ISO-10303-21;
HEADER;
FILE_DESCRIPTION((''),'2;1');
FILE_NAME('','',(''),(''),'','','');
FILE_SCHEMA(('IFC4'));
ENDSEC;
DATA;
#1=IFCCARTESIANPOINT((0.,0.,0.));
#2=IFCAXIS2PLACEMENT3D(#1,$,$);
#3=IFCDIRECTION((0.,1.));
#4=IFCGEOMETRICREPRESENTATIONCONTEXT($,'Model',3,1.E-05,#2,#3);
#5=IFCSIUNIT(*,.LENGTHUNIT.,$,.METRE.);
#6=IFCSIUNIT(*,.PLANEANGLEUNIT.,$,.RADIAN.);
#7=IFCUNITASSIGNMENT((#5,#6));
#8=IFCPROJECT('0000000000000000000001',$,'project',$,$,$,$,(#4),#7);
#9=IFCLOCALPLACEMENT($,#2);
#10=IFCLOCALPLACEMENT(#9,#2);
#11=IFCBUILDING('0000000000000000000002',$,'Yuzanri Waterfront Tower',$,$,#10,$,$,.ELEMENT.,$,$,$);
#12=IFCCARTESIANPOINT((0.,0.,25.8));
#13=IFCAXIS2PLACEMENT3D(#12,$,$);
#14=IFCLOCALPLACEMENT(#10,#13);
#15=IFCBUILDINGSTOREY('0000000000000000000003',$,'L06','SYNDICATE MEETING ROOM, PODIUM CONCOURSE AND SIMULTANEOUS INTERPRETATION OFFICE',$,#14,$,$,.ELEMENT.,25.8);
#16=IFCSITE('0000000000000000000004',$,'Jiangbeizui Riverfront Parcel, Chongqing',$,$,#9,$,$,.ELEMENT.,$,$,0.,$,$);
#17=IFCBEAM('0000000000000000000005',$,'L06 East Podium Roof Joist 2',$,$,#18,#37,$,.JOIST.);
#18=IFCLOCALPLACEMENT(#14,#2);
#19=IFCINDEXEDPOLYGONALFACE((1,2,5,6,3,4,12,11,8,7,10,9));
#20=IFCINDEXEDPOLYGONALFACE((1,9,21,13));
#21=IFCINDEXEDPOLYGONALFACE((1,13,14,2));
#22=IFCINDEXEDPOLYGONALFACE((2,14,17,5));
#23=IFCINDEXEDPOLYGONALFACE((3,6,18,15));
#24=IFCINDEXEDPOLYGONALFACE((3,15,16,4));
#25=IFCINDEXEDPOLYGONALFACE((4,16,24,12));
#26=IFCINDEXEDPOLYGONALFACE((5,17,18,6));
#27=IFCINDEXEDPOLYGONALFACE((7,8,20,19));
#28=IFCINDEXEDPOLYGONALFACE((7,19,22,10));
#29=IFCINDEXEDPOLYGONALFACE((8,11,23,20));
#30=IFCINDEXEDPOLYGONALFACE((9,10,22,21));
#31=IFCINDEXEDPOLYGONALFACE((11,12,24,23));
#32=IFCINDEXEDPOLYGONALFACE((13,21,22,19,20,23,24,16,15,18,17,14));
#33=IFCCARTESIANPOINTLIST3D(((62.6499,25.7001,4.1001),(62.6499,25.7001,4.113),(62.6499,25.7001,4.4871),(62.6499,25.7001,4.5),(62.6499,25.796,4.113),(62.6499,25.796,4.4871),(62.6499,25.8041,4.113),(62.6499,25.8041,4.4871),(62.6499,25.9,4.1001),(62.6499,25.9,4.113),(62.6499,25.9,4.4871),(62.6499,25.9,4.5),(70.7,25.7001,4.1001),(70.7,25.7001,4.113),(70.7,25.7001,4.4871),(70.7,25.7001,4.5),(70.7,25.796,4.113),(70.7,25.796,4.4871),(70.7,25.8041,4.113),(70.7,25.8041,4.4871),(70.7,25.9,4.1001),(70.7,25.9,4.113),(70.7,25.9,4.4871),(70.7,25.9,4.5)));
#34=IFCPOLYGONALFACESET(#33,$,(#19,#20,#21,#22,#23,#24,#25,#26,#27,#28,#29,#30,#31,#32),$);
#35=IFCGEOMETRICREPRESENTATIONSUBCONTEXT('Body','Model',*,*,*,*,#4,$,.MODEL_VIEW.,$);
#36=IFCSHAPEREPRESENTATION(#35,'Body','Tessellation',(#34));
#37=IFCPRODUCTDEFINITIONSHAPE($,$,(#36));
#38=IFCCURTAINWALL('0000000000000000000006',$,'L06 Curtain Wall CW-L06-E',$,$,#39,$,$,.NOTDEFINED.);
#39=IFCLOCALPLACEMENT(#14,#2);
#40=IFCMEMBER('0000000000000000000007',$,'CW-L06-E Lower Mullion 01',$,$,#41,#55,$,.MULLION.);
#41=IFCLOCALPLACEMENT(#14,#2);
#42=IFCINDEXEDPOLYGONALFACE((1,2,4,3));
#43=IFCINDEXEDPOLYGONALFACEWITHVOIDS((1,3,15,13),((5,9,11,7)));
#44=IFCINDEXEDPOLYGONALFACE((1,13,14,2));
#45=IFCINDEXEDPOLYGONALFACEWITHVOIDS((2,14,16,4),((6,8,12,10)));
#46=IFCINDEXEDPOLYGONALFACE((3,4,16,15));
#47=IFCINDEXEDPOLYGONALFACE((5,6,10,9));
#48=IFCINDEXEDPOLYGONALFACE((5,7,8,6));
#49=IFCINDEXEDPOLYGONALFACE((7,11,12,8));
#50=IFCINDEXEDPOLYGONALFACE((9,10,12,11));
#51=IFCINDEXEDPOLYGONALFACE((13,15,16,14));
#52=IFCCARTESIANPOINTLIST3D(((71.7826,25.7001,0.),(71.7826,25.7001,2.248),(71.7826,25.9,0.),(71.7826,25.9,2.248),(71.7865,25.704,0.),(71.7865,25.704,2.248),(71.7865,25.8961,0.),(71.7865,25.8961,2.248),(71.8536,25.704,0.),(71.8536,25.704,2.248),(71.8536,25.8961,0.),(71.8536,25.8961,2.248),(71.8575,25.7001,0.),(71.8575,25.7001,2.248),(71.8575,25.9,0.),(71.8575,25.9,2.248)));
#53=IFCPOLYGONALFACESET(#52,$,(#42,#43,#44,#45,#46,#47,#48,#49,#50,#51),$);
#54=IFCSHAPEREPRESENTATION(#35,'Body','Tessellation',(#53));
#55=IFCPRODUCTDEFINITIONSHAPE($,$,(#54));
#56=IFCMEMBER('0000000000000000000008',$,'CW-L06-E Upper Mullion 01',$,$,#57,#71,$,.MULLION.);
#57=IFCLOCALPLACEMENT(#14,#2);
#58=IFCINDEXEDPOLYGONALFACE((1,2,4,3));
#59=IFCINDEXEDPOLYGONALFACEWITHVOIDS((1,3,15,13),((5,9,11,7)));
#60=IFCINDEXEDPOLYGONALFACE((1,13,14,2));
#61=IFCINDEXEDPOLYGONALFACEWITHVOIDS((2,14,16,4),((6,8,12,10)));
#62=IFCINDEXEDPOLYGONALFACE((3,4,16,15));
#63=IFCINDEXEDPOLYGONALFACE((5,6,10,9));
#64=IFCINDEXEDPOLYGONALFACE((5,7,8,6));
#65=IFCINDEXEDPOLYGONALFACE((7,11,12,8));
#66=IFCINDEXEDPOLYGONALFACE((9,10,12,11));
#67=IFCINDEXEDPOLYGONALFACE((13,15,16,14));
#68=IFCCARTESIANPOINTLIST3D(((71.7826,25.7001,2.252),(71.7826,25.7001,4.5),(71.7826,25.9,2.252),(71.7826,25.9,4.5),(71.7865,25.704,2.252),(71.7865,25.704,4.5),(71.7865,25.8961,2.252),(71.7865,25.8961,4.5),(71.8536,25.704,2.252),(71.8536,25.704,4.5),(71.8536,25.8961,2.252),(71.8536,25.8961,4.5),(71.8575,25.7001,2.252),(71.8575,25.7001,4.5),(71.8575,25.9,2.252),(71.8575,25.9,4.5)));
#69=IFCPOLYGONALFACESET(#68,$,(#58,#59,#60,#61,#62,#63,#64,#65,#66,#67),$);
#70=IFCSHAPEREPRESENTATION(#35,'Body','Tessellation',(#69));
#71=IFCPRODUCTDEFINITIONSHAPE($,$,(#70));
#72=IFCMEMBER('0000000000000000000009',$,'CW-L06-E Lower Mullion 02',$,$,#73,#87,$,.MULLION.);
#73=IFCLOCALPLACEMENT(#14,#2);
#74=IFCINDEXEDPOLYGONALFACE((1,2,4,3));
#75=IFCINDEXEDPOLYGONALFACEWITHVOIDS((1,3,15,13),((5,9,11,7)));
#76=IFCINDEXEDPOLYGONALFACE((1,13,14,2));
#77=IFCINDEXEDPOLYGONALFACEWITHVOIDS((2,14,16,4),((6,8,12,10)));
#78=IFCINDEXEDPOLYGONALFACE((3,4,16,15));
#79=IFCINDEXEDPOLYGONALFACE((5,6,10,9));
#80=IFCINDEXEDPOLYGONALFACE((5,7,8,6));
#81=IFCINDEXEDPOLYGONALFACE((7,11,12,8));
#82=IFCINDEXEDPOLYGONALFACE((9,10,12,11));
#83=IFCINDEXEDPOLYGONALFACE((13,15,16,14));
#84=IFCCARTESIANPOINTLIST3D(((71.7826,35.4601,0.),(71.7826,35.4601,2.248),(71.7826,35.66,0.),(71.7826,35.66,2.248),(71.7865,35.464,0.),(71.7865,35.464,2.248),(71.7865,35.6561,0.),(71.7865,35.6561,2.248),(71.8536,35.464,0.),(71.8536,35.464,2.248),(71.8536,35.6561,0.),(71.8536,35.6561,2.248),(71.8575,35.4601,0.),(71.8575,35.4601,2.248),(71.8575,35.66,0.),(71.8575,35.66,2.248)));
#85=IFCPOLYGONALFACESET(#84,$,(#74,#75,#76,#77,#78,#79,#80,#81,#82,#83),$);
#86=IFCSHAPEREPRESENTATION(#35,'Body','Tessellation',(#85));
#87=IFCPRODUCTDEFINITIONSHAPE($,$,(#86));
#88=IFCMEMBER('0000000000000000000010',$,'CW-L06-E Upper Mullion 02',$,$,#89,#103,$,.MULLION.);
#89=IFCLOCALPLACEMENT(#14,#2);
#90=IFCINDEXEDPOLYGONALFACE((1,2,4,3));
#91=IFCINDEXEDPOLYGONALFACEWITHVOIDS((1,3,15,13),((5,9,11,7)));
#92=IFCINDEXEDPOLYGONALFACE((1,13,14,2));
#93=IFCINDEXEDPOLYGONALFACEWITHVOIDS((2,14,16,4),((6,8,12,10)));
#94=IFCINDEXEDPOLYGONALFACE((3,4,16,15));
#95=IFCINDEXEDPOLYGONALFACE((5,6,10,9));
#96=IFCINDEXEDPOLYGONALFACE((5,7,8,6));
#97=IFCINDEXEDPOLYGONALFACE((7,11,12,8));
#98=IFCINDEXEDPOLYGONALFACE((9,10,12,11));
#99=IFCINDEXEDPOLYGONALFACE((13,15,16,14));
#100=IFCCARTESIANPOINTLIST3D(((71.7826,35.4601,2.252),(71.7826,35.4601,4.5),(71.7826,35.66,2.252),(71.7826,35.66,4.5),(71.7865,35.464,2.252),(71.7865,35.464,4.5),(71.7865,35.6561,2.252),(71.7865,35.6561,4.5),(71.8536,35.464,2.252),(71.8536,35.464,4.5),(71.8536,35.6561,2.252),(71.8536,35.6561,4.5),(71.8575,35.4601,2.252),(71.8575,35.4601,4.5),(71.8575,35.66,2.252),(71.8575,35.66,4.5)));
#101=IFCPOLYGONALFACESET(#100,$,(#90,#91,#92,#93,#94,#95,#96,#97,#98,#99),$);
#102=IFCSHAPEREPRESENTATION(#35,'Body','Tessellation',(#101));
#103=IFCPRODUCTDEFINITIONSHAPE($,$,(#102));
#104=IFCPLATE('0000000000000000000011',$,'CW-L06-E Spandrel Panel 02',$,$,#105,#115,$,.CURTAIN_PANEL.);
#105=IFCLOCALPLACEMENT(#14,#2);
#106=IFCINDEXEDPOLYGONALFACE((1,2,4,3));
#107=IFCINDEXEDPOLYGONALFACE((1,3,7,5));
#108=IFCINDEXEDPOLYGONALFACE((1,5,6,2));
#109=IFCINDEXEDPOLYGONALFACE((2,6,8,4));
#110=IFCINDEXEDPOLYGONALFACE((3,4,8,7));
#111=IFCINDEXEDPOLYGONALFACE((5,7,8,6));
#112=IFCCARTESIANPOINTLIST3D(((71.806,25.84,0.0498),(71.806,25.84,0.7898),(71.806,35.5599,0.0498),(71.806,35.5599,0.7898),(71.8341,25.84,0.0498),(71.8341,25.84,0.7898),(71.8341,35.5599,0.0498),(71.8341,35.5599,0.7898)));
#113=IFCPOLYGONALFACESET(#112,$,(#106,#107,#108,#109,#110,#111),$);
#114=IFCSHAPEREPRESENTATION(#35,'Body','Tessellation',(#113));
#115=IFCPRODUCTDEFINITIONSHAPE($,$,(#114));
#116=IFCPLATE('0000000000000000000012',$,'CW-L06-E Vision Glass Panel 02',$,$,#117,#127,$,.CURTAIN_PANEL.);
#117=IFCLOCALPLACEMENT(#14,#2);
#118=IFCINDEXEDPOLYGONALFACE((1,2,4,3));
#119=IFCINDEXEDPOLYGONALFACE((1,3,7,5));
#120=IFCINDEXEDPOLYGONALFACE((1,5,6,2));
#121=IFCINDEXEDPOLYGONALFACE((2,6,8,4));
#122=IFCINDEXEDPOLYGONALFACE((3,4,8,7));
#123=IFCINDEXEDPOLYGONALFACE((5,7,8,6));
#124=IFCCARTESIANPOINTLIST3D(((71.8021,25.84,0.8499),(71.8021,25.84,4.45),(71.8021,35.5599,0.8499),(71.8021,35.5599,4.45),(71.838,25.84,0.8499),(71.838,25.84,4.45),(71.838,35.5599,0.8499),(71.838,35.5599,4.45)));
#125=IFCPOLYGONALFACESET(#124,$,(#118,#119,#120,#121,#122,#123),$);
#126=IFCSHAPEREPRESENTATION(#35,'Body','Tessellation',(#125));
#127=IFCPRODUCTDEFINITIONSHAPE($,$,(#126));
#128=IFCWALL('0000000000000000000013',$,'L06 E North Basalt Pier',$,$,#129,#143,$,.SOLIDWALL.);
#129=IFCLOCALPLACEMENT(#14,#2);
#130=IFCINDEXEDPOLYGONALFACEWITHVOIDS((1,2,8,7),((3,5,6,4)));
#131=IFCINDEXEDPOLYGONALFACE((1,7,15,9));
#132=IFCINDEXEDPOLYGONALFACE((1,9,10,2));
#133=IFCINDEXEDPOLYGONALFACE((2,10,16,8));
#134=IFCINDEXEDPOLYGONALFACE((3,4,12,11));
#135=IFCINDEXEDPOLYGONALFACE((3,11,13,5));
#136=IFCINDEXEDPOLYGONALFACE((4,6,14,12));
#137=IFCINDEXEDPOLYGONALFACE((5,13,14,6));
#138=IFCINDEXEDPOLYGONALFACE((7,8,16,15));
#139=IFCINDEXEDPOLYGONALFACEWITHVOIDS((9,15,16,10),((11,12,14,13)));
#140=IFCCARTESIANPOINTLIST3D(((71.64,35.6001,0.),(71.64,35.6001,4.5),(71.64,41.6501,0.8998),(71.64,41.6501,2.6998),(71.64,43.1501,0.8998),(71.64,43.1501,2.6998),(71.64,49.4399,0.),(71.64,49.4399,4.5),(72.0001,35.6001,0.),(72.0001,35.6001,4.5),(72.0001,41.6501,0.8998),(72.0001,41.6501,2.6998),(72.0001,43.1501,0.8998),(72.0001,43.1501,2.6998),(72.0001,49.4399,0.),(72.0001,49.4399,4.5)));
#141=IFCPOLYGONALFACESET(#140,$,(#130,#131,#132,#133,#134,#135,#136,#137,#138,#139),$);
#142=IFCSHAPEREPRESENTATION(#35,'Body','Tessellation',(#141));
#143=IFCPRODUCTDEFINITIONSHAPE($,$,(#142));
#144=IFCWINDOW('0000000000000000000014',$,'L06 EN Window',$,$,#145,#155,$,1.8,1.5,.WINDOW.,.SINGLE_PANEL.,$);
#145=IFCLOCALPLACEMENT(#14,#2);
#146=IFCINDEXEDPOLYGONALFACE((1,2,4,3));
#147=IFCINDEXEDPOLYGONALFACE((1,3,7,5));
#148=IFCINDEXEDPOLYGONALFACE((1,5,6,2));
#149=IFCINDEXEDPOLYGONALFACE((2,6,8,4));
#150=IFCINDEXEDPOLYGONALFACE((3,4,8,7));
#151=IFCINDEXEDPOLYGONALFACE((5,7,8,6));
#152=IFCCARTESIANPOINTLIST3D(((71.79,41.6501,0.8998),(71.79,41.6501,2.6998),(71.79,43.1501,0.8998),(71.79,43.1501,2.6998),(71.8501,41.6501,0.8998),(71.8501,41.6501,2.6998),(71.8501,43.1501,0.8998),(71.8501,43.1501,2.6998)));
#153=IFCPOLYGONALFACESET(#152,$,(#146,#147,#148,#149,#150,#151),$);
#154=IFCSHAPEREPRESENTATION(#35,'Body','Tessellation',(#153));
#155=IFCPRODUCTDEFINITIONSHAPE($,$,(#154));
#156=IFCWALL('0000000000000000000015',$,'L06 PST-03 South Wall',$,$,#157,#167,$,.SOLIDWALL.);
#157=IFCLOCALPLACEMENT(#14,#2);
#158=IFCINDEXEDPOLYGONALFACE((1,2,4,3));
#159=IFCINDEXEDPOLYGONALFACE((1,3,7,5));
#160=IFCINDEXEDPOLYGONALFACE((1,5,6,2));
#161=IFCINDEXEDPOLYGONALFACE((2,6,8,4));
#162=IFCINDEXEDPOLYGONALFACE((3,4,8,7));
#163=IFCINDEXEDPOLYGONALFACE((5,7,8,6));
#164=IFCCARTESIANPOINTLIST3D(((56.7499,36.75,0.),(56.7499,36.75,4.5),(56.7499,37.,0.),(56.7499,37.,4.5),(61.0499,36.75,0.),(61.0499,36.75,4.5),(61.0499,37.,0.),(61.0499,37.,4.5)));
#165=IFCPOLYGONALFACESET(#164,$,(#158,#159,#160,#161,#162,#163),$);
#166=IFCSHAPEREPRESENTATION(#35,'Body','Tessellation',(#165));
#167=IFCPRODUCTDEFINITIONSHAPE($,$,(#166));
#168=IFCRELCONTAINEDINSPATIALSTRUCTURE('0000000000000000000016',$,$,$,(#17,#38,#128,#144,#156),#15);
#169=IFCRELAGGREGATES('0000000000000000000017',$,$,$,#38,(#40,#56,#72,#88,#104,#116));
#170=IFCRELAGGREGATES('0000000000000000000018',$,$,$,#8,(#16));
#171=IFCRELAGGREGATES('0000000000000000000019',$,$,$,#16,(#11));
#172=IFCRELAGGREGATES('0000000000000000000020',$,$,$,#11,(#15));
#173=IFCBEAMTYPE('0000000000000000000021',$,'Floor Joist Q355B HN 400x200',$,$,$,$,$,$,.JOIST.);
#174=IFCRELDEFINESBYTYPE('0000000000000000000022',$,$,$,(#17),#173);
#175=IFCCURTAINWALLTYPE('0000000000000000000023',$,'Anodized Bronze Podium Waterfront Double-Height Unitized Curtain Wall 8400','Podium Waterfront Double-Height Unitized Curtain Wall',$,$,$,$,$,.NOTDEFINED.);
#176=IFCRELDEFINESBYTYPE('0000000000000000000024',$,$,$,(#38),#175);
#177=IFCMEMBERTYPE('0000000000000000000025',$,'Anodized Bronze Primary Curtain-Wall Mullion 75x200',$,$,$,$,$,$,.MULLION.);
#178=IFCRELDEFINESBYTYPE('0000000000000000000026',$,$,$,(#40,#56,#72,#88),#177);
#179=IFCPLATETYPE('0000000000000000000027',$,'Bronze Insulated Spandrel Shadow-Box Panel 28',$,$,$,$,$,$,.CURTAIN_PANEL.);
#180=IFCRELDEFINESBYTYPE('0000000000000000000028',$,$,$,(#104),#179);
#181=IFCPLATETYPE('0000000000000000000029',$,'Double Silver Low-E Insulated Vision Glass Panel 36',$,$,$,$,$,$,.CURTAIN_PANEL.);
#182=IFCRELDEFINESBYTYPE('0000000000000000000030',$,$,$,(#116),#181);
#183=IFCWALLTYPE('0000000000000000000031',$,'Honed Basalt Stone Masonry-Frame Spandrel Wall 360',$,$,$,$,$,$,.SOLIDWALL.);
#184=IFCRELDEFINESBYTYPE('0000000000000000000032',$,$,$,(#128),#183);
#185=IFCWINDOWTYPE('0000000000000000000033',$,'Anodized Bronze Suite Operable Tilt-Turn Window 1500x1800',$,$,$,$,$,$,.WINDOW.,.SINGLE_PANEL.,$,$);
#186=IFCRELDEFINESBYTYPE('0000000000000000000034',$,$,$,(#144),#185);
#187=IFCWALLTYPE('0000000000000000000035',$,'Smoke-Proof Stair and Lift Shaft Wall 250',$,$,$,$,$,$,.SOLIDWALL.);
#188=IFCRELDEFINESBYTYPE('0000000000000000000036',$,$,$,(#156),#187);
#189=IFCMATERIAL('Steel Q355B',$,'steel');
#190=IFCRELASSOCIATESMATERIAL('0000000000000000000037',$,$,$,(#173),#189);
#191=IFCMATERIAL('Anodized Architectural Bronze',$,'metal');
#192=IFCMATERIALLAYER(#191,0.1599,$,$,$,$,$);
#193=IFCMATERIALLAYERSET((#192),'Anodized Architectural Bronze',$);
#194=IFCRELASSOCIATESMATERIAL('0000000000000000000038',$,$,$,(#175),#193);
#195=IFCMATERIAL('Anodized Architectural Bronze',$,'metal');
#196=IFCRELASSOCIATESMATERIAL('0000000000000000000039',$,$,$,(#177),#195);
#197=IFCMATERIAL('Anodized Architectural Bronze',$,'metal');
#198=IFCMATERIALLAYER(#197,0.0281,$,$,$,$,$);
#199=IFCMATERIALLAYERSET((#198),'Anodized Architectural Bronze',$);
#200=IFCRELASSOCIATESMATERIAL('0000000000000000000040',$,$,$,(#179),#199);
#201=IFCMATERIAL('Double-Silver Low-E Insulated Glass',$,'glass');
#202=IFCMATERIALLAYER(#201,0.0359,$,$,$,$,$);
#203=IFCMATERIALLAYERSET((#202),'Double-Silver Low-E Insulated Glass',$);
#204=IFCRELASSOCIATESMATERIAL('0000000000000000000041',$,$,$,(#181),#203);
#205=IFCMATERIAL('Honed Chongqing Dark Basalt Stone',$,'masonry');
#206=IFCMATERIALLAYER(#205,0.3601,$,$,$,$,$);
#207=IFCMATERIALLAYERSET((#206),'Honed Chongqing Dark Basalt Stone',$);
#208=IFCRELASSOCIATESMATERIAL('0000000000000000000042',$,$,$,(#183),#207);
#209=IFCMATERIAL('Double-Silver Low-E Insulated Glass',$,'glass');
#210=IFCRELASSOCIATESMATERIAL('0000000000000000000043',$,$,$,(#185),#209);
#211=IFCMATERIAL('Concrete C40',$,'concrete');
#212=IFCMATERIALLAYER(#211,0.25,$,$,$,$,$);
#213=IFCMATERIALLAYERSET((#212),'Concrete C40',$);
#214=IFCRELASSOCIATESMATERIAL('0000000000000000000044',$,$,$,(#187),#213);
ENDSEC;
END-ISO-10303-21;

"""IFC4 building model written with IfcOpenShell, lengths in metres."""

from ifc_helpers import new_model, si_unit, direction, frame, frame_2d, origin, origin_2d, place, context, subcontext, project, spatial, rectangle, hollow_rectangle, i_section, extrude, source, transform, mapped, material, layer, layer_set, material_profile, profile_set, type_object, element, fill, aggregate, save


model = new_model("IFC4")

# Units and contexts
model_context = context("Model", 3, precision=1e-05, world=origin(), true_north=direction((0.0, 1.0)))
body_context = subcontext(model_context, "Body", "Model", "MODEL_VIEW")
ifc_project = project(units=[si_unit("LENGTHUNIT", "METRE"), si_unit("PLANEANGLEUNIT", "RADIAN")], contexts=[model_context])

# Site, building, storey
site_placement = place(None, origin())
site = spatial("IfcSite", under=ifc_project, at=site_placement, Name="Jiangbeizui Riverfront Parcel, Chongqing", CompositionType="ELEMENT", RefElevation=0.0)
building_placement = place(site_placement, origin())
building = spatial("IfcBuilding", under=site, at=building_placement, Name="Yuzanri Waterfront Tower", CompositionType="ELEMENT")
storey_placement = place(building_placement, frame((0.0, 0.0, 25.8)))
storey = spatial("IfcBuildingStorey", under=building, at=storey_placement, Name="L06", Description="SYNDICATE MEETING ROOM, PODIUM CONCOURSE AND SIMULTANEOUS INTERPRETATION OFFICE", CompositionType="ELEMENT", Elevation=25.8)

# Beam
ifc_material_1 = material(Name="Steel Q355B", Category="steel")
ifc_material_profile_1 = material_profile(ifc_material_1, i_section(OverallWidth=0.2, OverallDepth=0.3999, WebThickness=0.0081, FlangeThickness=0.0129, at=origin_2d()), Name="HN 400x200x8x13")
ifc_profile_set_1 = profile_set([ifc_material_profile_1], Name="Steel Q355B")
beam_type_1 = type_object("IfcBeamType", Name="Floor Joist Q355B HN 400x200", PredefinedType="JOIST", material=ifc_profile_set_1)
shared_shape_1 = source(origin(), body_context, "Body", "SweptSolid", [
    extrude(i_section(OverallWidth=0.2, OverallDepth=0.3999, WebThickness=0.0081, FlangeThickness=0.0129, at=origin_2d()), origin(), (0.0, 0.0, 1.0), 8.05),
])
beam_1_placement = place(storey_placement, frame((62.6499, 25.8, 4.3), z_axis=(1.0, 0.0, 0.0), x_axis=(0.0, 1.0, 0.0)))
element("IfcBeam", 1, at=beam_1_placement, inside=storey, type_object=beam_type_1, Name="L06 East Podium Roof Joist 2", PredefinedType="JOIST", context=body_context, shape_type="MappedRepresentation", body=[
    mapped(shared_shape_1, transform((0.0, 0.0, 0.0), scale=1.0)),
])

# Curtain wall, members, plates
ifc_material_2 = material(Name="Anodized Architectural Bronze", Category="metal")
ifc_layer_1 = layer(ifc_material_2, 0.1599)
ifc_layer_set_1 = layer_set([ifc_layer_1], Name="Anodized Architectural Bronze")
curtain_wall_type = type_object("IfcCurtainWallType", Name="Anodized Bronze Podium Waterfront Double-Height Unitized Curtain Wall 8400", Description="Podium Waterfront Double-Height Unitized Curtain Wall", PredefinedType="NOTDEFINED", material=ifc_layer_set_1)
curtain_wall_placement = place(storey_placement, origin())
curtain_wall = element("IfcCurtainWall", 2, at=curtain_wall_placement, inside=storey, type_object=curtain_wall_type, Name="L06 Curtain Wall CW-L06-E", PredefinedType="NOTDEFINED")
ifc_material_3 = material(Name="Anodized Architectural Bronze", Category="metal")
ifc_material_profile_2 = material_profile(ifc_material_3, hollow_rectangle(XDim=0.075, YDim=0.2, WallThickness=0.0039, at=origin_2d()), Name="CWM 75x200")
ifc_profile_set_2 = profile_set([ifc_material_profile_2], Name="Anodized Architectural Bronze")
member_type = type_object("IfcMemberType", Name="Anodized Bronze Primary Curtain-Wall Mullion 75x200", PredefinedType="MULLION", material=ifc_profile_set_2)
shared_shape_2 = source(origin(), body_context, "Body", "SweptSolid", [
    extrude(hollow_rectangle(XDim=0.075, YDim=0.2, WallThickness=0.0039, at=origin_2d()), origin(), (0.0, 0.0, 1.0), 2.248),
])
member_1_placement = place(storey_placement, frame((71.8201, 25.8, 0.0), z_axis=(0.0, 0.0, 1.0), x_axis=(1.0, 0.0, 0.0)))
member_1 = element("IfcMember", 3, at=member_1_placement, type_object=member_type, Name="CW-L06-E Lower Mullion 01", PredefinedType="MULLION", context=body_context, shape_type="MappedRepresentation", body=[
    mapped(shared_shape_2, transform((0.0, 0.0, 0.0), scale=1.0)),
])
member_2_placement = place(storey_placement, frame((71.8201, 25.8, 2.252), z_axis=(0.0, 0.0, 1.0), x_axis=(1.0, 0.0, 0.0)))
member_2 = element("IfcMember", 4, at=member_2_placement, type_object=member_type, Name="CW-L06-E Upper Mullion 01", PredefinedType="MULLION", context=body_context, shape_type="MappedRepresentation", body=[
    mapped(shared_shape_2, transform((0.0, 0.0, 0.0), scale=1.0)),
])
member_3_placement = place(storey_placement, frame((71.8201, 35.5601, 0.0), z_axis=(0.0, 0.0, 1.0), x_axis=(1.0, 0.0, 0.0)))
member_3 = element("IfcMember", 5, at=member_3_placement, type_object=member_type, Name="CW-L06-E Lower Mullion 02", PredefinedType="MULLION", context=body_context, shape_type="MappedRepresentation", body=[
    mapped(shared_shape_2, transform((0.0, 0.0, 0.0), scale=1.0)),
])
member_4_placement = place(storey_placement, frame((71.8201, 35.5601, 2.252), z_axis=(0.0, 0.0, 1.0), x_axis=(1.0, 0.0, 0.0)))
member_4 = element("IfcMember", 6, at=member_4_placement, type_object=member_type, Name="CW-L06-E Upper Mullion 02", PredefinedType="MULLION", context=body_context, shape_type="MappedRepresentation", body=[
    mapped(shared_shape_2, transform((0.0, 0.0, 0.0), scale=1.0)),
])
ifc_material_4 = material(Name="Anodized Architectural Bronze", Category="metal")
ifc_layer_2 = layer(ifc_material_4, 0.0281)
ifc_layer_set_2 = layer_set([ifc_layer_2], Name="Anodized Architectural Bronze")
plate_type_1 = type_object("IfcPlateType", Name="Bronze Insulated Spandrel Shadow-Box Panel 28", PredefinedType="CURTAIN_PANEL", material=ifc_layer_set_2)
shared_shape_3 = source(origin(), body_context, "Body", "SweptSolid", [
    extrude(rectangle(XDim=9.72, YDim=0.0281, at=origin_2d()), origin(), (0.0, 0.0, 1.0), 0.74),
])
plate_1_placement = place(storey_placement, frame((71.8201, 30.7, 0.0498), z_axis=(0.0, 0.0, 1.0), x_axis=(0.0, 1.0, 0.0)))
plate_1 = element("IfcPlate", 7, at=plate_1_placement, type_object=plate_type_1, Name="CW-L06-E Spandrel Panel 02", PredefinedType="CURTAIN_PANEL", context=body_context, shape_type="MappedRepresentation", body=[
    mapped(shared_shape_3, transform((0.0, 0.0, 0.0), scale=1.0)),
])
ifc_material_5 = material(Name="Double-Silver Low-E Insulated Glass", Category="glass")
ifc_layer_3 = layer(ifc_material_5, 0.0359)
ifc_layer_set_3 = layer_set([ifc_layer_3], Name="Double-Silver Low-E Insulated Glass")
plate_type_2 = type_object("IfcPlateType", Name="Double Silver Low-E Insulated Vision Glass Panel 36", PredefinedType="CURTAIN_PANEL", material=ifc_layer_set_3)
shared_shape_4 = source(origin(), body_context, "Body", "SweptSolid", [
    extrude(rectangle(XDim=9.72, YDim=0.0359, at=origin_2d()), origin(), (0.0, 0.0, 1.0), 3.6001),
])
plate_2_placement = place(storey_placement, frame((71.8201, 30.7, 0.8499), z_axis=(0.0, 0.0, 1.0), x_axis=(0.0, 1.0, 0.0)))
plate_2 = element("IfcPlate", 8, at=plate_2_placement, type_object=plate_type_2, Name="CW-L06-E Vision Glass Panel 02", PredefinedType="CURTAIN_PANEL", context=body_context, shape_type="MappedRepresentation", body=[
    mapped(shared_shape_4, transform((0.0, 0.0, 0.0), scale=1.0)),
])
aggregate(curtain_wall, [member_1, member_2, member_3, member_4, plate_1, plate_2])

# Wall, opening, window
ifc_material_6 = material(Name="Honed Chongqing Dark Basalt Stone", Category="masonry")
ifc_layer_4 = layer(ifc_material_6, 0.3601)
ifc_layer_set_4 = layer_set([ifc_layer_4], Name="Honed Chongqing Dark Basalt Stone")
wall_type_1 = type_object("IfcWallType", Name="Honed Basalt Stone Masonry-Frame Spandrel Wall 360", PredefinedType="SOLIDWALL", material=ifc_layer_set_4)
wall_1_placement = place(storey_placement, frame((71.8201, 35.6001, 0.0), z_axis=(0.0, 0.0, 1.0), x_axis=(0.0, 1.0, 0.0)))
wall_1 = element("IfcWall", 9, at=wall_1_placement, inside=storey, type_object=wall_type_1, Name="L06 E North Basalt Pier", PredefinedType="SOLIDWALL", context=body_context, shape_type="SweptSolid", body=[
    extrude(rectangle(XDim=13.8398, YDim=0.3601, at=frame_2d((6.9199, 0.0))), origin(), (0.0, 0.0, 1.0), 4.5),
])
opening_placement = place(wall_1_placement, frame((6.05, 0.0, 0.8999)))
opening = element("IfcOpeningElement", 10, at=opening_placement, cuts=wall_1, PredefinedType="OPENING", context=body_context, shape_type="SweptSolid", body=[
    extrude(rectangle(XDim=1.5, YDim=1.8, at=frame_2d((0.75, 0.8999))), frame((0.0, 0.1948, 0.0), z_axis=(0.0, -1.0, 0.0), x_axis=(1.0, 0.0, 0.0)), (0.0, 0.0, 1.0), 0.3899),
])
ifc_material_7 = material(Name="Double-Silver Low-E Insulated Glass", Category="glass")
window_type = type_object("IfcWindowType", Name="Anodized Bronze Suite Operable Tilt-Turn Window 1500x1800", PartitioningType="SINGLE_PANEL", PredefinedType="WINDOW", material=ifc_material_7)
shared_shape_5 = source(origin(), body_context, "Body", "SweptSolid", [
    extrude(rectangle(XDim=1.5, YDim=1.8, at=frame_2d((0.75, 0.8999))), frame((0.0, 0.03, 0.0), z_axis=(0.0, -1.0, 0.0), x_axis=(1.0, 0.0, 0.0)), (0.0, 0.0, 1.0), 0.0601),
])
window_placement = place(opening_placement, origin())
window = element("IfcWindow", 11, at=window_placement, inside=storey, type_object=window_type, Name="L06 EN Window", OverallHeight=1.8, OverallWidth=1.5, PartitioningType="SINGLE_PANEL", PredefinedType="WINDOW", context=body_context, shape_type="MappedRepresentation", body=[
    mapped(shared_shape_5, transform((0.0, 0.0, 0.0), scale=1.0)),
])
fill(opening, window)

# Wall
ifc_material_8 = material(Name="Concrete C40", Category="concrete")
ifc_layer_5 = layer(ifc_material_8, 0.25)
ifc_layer_set_5 = layer_set([ifc_layer_5], Name="Concrete C40")
wall_type_2 = type_object("IfcWallType", Name="Smoke-Proof Stair and Lift Shaft Wall 250", PredefinedType="SOLIDWALL", material=ifc_layer_set_5)
shared_shape_6 = source(origin(), body_context, "Body", "SweptSolid", [
    extrude(rectangle(XDim=4.3, YDim=0.25, at=frame_2d((2.1499, 0.0))), origin(), (0.0, 0.0, 1.0), 4.5),
])
wall_2_placement = place(storey_placement, frame((56.75, 36.875, 0.0), z_axis=(0.0, 0.0, 1.0), x_axis=(1.0, 0.0, 0.0)))
element("IfcWall", 12, at=wall_2_placement, inside=storey, type_object=wall_type_2, Name="L06 PST-03 South Wall", PredefinedType="SOLIDWALL", context=body_context, shape_type="MappedRepresentation", body=[
    mapped(shared_shape_6, transform((0.0, 0.0, 0.0), scale=1.0)),
])

save(model, "model.ifc")
